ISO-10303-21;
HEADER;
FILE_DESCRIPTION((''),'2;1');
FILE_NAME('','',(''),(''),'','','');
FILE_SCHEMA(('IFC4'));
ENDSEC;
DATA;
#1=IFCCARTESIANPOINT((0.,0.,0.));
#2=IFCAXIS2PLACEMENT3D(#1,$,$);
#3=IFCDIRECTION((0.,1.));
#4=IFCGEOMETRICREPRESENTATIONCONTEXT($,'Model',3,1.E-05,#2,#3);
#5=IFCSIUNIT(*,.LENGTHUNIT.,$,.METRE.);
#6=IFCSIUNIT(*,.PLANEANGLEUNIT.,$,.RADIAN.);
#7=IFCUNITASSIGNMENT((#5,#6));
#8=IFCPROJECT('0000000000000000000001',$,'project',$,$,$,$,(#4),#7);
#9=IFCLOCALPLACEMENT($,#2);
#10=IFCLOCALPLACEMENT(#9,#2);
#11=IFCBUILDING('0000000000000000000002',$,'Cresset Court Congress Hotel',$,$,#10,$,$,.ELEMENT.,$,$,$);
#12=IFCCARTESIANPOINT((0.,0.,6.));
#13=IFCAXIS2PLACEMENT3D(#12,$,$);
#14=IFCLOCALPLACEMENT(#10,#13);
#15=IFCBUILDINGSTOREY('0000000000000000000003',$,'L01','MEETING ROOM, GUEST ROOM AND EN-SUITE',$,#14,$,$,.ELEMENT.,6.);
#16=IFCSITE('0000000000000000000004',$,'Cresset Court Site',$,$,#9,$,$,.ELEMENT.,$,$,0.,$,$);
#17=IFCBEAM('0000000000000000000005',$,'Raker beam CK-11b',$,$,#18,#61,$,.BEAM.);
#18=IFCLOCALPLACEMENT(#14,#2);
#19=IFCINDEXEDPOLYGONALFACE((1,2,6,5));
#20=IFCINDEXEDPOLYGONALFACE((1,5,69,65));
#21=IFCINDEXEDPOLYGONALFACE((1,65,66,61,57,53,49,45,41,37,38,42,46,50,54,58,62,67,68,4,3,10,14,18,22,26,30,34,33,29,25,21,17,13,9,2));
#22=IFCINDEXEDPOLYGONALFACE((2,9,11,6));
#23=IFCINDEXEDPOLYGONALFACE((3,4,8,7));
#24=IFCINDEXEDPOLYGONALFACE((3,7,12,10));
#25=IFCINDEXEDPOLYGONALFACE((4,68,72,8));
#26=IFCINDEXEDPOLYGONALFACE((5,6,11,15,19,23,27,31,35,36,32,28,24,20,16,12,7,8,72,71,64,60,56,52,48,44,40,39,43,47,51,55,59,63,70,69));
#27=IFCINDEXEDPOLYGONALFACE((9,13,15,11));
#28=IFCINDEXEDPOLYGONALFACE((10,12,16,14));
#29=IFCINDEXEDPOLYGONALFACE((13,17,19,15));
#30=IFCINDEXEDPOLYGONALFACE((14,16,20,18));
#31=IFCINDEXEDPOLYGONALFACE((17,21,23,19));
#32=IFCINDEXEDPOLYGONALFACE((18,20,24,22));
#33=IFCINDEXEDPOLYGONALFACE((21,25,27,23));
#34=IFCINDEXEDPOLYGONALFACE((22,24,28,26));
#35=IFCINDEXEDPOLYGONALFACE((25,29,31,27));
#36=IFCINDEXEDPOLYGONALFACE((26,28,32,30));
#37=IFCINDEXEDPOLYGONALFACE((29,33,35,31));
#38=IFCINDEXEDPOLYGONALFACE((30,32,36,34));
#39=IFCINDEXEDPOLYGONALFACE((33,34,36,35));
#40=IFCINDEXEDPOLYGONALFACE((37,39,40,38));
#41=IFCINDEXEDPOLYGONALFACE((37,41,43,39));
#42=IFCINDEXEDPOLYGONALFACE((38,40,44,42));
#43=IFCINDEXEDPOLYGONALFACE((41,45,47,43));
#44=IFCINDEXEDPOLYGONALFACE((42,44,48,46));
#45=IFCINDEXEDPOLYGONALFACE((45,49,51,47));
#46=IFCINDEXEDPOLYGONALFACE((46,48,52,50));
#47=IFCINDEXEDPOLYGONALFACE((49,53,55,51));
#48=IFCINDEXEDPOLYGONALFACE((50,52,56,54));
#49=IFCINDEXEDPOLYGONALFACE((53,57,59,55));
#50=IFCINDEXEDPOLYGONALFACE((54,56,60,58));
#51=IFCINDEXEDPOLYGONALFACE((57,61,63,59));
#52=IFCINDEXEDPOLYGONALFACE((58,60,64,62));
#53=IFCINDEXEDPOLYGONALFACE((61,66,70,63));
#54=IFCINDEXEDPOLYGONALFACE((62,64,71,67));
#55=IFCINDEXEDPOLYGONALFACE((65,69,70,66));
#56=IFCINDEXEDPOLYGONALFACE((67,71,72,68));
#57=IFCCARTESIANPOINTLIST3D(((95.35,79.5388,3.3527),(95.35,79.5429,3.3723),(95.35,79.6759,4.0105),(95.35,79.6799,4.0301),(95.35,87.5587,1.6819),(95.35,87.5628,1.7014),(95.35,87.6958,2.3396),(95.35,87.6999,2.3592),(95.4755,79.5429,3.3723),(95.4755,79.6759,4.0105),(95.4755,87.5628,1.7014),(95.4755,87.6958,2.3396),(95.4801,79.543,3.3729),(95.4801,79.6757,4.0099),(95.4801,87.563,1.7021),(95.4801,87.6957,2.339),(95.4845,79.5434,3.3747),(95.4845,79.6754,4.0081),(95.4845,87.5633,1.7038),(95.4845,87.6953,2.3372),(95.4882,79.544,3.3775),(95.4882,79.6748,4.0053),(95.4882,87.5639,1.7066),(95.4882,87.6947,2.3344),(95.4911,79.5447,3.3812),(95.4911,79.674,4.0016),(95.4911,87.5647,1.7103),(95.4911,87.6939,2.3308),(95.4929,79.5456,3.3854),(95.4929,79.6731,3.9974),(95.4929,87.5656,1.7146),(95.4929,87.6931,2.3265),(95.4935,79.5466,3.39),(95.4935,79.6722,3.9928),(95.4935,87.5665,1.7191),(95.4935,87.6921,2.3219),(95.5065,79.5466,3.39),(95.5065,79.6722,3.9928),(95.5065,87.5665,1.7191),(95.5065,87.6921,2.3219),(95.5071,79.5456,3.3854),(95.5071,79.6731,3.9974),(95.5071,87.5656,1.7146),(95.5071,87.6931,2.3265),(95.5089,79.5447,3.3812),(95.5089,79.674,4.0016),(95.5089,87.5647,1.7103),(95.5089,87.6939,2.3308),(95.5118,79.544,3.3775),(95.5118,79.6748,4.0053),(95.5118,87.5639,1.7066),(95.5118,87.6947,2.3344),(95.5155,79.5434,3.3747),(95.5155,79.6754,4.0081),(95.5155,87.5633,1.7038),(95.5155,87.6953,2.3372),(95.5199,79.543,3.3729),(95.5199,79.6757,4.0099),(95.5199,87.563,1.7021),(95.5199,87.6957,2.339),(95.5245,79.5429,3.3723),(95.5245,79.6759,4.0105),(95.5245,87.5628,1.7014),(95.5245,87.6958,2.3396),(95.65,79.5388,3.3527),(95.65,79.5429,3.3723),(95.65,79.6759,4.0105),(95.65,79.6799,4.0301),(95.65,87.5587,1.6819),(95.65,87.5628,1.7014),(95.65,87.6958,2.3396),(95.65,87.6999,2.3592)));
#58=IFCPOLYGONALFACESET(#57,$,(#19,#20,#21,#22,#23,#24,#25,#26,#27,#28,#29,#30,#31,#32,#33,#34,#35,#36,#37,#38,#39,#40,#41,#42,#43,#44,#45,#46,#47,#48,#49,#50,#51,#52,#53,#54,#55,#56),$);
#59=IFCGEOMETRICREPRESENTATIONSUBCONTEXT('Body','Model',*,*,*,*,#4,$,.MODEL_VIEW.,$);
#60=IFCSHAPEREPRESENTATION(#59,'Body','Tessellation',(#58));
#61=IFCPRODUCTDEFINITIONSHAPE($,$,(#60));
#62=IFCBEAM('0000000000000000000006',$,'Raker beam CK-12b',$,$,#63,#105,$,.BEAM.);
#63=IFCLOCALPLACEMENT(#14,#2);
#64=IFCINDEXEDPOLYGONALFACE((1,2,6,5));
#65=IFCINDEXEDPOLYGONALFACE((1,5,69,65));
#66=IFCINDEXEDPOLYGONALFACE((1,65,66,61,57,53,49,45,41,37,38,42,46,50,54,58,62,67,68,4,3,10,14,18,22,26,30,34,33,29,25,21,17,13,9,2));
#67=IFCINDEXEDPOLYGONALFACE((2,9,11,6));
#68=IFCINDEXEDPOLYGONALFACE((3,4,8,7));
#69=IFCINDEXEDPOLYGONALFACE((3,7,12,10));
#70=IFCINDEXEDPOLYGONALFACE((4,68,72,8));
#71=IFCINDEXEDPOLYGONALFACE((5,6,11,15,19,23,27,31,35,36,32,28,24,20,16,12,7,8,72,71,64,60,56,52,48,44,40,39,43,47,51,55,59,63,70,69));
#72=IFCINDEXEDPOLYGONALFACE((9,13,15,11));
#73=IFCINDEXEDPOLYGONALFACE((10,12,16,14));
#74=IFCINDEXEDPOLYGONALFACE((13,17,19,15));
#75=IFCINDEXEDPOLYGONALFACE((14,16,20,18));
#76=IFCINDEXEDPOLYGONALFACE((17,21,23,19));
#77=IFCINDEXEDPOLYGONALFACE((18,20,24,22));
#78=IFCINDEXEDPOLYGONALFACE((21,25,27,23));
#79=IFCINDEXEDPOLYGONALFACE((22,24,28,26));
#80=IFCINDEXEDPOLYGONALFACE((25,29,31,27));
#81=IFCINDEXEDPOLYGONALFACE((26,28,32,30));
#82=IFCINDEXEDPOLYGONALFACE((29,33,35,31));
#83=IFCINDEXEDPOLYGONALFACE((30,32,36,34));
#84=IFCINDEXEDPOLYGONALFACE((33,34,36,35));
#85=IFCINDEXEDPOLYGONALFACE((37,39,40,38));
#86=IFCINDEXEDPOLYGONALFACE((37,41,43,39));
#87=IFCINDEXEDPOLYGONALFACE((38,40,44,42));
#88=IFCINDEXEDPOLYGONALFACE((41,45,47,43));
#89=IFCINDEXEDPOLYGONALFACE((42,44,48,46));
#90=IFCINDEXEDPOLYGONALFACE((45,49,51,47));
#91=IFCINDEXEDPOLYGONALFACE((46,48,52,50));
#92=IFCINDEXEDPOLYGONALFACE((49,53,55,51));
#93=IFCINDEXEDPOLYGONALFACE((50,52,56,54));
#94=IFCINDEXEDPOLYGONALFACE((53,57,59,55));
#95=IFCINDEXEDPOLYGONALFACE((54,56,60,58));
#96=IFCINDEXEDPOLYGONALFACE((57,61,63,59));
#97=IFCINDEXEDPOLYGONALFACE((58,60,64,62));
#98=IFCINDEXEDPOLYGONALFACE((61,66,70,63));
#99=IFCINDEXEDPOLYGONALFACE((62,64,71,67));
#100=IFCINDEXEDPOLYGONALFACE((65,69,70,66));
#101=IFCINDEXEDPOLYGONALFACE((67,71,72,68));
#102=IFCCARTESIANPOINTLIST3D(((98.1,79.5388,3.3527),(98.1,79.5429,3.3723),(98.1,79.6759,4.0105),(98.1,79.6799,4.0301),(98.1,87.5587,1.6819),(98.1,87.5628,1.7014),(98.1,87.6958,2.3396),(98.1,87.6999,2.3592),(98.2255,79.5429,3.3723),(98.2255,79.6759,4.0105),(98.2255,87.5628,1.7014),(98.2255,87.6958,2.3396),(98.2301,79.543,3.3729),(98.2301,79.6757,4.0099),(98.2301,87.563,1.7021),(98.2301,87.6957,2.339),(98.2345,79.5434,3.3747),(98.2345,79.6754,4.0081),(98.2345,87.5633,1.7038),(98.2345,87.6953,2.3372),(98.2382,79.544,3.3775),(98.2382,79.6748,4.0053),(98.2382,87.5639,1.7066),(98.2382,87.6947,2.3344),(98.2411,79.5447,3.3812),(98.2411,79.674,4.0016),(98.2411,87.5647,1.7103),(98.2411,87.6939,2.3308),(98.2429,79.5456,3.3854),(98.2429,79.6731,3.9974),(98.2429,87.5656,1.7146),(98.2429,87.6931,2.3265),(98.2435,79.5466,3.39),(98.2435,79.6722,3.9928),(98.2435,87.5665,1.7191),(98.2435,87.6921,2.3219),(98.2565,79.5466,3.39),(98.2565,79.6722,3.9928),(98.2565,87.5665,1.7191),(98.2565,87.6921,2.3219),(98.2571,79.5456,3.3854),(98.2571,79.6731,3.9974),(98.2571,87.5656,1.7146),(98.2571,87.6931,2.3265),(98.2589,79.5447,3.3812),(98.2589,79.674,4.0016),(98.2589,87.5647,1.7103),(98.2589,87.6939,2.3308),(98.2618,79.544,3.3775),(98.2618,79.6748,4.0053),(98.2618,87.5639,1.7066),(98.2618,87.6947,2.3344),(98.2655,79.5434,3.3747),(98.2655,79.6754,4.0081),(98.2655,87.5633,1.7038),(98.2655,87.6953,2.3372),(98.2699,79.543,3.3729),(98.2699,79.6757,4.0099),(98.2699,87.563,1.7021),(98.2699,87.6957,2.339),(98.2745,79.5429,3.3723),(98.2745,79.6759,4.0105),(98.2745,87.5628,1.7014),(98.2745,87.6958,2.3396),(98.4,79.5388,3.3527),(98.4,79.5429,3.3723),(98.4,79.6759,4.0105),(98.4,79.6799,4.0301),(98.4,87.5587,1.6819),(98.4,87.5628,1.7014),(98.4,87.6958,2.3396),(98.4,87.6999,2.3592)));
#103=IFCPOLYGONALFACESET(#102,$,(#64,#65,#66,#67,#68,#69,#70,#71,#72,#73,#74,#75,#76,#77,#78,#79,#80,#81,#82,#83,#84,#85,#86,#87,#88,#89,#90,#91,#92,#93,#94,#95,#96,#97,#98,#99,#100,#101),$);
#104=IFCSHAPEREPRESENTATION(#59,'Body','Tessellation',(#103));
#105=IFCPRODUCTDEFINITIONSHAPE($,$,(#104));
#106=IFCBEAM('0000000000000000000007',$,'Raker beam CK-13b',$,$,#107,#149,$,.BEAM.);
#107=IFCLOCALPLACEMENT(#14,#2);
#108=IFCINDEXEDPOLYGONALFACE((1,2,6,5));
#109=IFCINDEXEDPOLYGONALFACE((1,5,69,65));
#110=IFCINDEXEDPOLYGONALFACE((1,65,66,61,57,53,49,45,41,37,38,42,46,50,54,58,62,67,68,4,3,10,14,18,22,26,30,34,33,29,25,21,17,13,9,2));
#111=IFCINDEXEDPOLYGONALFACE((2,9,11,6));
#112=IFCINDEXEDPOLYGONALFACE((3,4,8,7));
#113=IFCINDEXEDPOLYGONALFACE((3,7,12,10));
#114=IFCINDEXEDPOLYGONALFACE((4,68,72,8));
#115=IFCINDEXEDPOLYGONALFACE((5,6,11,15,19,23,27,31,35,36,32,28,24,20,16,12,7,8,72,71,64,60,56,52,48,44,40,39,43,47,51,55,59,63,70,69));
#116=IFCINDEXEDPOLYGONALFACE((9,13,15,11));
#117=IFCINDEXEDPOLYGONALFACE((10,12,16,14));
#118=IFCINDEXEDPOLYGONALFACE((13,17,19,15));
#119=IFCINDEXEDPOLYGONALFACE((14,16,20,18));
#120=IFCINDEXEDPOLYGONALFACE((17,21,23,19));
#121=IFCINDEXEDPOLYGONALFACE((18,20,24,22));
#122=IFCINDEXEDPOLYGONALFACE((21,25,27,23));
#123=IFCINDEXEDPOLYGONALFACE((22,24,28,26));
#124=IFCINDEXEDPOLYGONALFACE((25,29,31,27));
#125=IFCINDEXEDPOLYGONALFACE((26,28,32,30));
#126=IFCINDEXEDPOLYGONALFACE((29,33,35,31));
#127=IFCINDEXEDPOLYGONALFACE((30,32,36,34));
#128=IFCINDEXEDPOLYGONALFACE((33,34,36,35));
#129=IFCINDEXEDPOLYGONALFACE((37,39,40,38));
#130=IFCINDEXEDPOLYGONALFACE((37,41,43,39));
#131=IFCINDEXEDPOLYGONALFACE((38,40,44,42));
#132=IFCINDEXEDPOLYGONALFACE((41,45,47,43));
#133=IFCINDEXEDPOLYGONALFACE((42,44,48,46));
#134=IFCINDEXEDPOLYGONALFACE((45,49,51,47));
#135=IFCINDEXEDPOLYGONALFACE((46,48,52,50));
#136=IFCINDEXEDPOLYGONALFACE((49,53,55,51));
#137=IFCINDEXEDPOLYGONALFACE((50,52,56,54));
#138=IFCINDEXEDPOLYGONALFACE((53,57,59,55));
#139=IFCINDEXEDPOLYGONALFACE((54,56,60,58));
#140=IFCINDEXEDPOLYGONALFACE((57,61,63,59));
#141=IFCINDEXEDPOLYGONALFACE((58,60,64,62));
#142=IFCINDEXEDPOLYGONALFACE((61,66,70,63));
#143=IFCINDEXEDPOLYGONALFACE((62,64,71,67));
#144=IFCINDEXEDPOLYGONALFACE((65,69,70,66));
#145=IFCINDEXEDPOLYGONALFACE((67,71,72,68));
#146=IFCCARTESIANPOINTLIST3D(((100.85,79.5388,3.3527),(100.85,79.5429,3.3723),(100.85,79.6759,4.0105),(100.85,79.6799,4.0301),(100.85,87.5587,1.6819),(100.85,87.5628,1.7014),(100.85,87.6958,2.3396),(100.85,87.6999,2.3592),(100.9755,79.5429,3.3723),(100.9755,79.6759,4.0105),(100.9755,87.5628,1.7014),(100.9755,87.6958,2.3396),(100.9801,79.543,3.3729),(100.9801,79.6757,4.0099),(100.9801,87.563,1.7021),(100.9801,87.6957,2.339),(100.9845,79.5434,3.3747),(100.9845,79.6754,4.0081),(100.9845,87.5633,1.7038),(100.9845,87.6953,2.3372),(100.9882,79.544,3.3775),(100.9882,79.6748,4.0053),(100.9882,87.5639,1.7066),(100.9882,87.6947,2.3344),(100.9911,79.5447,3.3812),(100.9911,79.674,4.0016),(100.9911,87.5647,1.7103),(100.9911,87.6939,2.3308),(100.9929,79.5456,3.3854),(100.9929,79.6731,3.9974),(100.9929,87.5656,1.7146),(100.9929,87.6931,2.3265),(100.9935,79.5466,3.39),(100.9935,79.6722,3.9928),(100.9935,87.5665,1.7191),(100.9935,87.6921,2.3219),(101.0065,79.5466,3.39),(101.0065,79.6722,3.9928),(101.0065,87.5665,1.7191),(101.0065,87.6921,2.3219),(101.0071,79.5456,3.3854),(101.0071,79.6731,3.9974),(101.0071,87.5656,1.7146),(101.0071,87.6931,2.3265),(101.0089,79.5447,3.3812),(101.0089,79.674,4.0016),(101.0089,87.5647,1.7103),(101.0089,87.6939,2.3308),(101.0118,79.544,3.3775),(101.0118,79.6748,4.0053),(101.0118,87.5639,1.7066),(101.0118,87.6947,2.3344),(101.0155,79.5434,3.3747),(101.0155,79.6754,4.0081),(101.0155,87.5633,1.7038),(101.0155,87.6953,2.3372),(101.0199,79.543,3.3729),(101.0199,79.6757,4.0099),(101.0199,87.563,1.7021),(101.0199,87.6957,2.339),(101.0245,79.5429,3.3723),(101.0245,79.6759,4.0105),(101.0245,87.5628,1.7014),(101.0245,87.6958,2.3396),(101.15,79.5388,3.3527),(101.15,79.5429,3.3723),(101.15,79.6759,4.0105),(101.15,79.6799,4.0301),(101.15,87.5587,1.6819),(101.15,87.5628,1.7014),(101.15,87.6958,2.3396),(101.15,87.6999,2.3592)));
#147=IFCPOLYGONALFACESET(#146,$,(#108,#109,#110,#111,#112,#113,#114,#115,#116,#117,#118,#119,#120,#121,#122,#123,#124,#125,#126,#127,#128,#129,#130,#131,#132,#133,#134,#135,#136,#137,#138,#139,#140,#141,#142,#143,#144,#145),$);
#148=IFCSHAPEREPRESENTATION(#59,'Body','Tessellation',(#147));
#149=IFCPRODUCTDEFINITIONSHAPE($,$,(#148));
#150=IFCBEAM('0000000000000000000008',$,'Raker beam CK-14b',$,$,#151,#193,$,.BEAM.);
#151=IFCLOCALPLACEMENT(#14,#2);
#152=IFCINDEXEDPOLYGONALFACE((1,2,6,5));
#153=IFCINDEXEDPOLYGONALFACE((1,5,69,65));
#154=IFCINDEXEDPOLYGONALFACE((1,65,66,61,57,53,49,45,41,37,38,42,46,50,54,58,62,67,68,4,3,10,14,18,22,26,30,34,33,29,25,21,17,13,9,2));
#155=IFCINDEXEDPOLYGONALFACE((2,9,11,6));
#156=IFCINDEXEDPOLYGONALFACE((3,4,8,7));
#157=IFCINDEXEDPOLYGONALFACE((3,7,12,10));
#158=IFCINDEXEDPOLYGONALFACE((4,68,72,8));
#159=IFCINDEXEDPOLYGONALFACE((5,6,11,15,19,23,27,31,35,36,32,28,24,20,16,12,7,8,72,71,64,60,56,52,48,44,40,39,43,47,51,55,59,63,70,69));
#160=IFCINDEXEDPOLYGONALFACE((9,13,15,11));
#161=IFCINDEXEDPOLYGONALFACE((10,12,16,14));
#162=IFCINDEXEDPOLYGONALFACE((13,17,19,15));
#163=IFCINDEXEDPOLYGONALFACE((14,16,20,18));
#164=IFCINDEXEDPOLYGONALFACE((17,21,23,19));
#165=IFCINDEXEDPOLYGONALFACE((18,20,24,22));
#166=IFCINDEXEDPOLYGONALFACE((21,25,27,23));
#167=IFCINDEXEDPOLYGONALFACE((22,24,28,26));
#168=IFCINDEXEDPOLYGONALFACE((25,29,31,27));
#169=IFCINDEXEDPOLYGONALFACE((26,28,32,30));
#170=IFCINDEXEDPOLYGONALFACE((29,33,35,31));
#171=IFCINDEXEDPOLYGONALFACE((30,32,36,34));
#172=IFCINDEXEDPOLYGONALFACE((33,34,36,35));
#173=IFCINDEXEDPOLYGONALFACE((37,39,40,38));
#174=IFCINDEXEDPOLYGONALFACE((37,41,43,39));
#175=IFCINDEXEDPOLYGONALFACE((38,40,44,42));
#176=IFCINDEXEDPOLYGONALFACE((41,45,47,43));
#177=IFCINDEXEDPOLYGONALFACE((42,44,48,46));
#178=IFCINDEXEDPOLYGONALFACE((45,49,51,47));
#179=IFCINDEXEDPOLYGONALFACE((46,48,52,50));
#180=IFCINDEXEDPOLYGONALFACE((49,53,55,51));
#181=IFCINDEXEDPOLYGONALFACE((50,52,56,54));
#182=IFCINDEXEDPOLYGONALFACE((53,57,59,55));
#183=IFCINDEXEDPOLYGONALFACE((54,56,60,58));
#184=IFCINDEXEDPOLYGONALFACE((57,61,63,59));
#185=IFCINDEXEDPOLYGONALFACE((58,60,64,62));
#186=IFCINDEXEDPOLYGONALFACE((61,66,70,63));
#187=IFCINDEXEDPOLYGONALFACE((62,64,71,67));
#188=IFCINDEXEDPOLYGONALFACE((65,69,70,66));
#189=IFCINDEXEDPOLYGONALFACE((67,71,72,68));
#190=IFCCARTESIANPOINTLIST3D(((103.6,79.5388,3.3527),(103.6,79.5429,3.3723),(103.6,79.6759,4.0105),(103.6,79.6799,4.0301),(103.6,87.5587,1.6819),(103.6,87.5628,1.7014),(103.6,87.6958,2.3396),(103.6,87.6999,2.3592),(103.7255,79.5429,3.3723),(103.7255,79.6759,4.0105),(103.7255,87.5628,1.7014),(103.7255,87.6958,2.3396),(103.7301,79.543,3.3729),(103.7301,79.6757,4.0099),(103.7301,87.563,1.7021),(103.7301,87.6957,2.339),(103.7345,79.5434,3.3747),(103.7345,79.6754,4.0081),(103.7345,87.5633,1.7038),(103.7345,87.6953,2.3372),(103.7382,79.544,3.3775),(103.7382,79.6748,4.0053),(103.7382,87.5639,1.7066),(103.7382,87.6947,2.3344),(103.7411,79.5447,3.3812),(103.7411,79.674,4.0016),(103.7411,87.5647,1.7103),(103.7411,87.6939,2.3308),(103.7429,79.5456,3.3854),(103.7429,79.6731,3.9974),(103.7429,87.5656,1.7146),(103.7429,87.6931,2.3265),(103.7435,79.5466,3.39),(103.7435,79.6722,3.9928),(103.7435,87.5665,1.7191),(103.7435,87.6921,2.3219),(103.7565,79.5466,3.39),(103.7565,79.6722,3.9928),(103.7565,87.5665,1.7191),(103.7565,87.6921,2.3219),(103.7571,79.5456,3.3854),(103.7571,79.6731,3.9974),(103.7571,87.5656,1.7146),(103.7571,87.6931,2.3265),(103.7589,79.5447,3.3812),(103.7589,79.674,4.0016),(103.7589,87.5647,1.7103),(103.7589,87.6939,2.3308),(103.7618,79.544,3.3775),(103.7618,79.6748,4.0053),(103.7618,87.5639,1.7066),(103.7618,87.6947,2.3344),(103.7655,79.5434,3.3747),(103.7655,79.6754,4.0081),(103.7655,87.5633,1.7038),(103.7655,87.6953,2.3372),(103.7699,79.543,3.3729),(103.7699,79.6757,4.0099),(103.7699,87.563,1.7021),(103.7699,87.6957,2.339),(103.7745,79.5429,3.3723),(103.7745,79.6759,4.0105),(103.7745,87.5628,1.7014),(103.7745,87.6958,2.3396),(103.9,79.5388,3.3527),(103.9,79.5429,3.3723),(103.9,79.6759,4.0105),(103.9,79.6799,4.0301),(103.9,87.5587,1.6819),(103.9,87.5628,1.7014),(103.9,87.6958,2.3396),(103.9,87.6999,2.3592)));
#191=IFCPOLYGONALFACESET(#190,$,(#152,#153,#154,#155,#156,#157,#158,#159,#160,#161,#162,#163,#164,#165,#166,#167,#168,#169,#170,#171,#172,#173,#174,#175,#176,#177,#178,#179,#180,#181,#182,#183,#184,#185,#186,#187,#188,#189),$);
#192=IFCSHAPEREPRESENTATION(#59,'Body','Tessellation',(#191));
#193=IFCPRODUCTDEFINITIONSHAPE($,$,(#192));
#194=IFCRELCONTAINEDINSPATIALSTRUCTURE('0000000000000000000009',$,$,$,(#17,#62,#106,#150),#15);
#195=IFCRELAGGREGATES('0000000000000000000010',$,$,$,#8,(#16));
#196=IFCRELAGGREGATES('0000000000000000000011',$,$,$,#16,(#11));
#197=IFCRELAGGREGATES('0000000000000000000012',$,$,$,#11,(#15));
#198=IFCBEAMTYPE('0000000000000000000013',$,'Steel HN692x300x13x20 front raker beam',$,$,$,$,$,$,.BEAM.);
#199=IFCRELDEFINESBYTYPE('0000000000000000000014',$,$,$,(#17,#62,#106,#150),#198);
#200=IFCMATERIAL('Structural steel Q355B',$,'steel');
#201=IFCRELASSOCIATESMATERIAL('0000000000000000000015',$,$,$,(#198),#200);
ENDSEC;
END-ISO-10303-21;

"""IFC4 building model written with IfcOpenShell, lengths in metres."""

from ifc_helpers import new_model, si_unit, direction, frame, origin, origin_2d, place, context, subcontext, project, spatial, i_section, extrude, material, material_profile, profile_set, type_object, element, save


model = new_model("IFC4")

# Units and contexts
model_context = context("Model", 3, precision=1e-05, world=origin(), true_north=direction((0.0, 1.0)))
body_context = subcontext(model_context, "Body", "Model", "MODEL_VIEW")
ifc_project = project(units=[si_unit("LENGTHUNIT", "METRE"), si_unit("PLANEANGLEUNIT", "RADIAN")], contexts=[model_context])

# Site, building, storey
site_placement = place(None, origin())
site = spatial("IfcSite", under=ifc_project, at=site_placement, Name="Cresset Court Site", CompositionType="ELEMENT", RefElevation=0.0)
building_placement = place(site_placement, origin())
building = spatial("IfcBuilding", under=site, at=building_placement, Name="Cresset Court Congress Hotel", CompositionType="ELEMENT")
storey_placement = place(building_placement, frame((0.0, 0.0, 6.0)))
storey = spatial("IfcBuildingStorey", under=building, at=storey_placement, Name="L01", Description="MEETING ROOM, GUEST ROOM AND EN-SUITE", CompositionType="ELEMENT", Elevation=6.0)

# Beams
ifc_material_1 = material(Name="Structural steel Q355B", Category="steel")
ifc_material_profile_1 = material_profile(ifc_material_1, i_section(OverallWidth=0.3, OverallDepth=0.6919, WebThickness=0.0129, FlangeThickness=0.02, FilletRadius=0.0181, at=origin_2d()), Name="HN692x300x13x20")
ifc_profile_set_1 = profile_set([ifc_material_profile_1], Name="Structural steel Q355B")
beam_type_1 = type_object("IfcBeamType", Name="Steel HN692x300x13x20 front raker beam", PredefinedType="BEAM", material=ifc_profile_set_1)
for number, where, z_axis, x_axis, name in (
    (1, (95.5, 79.6094, 3.6914), (0.0, 0.978979, -0.203961), (-1.0, 0.0, 0.0), "Raker beam CK-11b"),
    (2, (98.25, 79.6094, 3.6914), (0.0, 0.978979, -0.203961), (-1.0, 0.0, 0.0), "Raker beam CK-12b"),
    (3, (101.0, 79.6094, 3.6914), (0.0, 0.978979, -0.203961), (-1.0, 0.0, 0.0), "Raker beam CK-13b"),
    (4, (103.75, 79.6094, 3.6914), (0.0, 0.978979, -0.203961), (-1.0, 0.0, 0.0), "Raker beam CK-14b"),
):
    element("IfcBeam", number, at=place(storey_placement, frame(where, z_axis=z_axis, x_axis=x_axis)), inside=storey, type_object=beam_type_1, Name=name, PredefinedType="BEAM", context=body_context, shape_type="SweptSolid", body=[
        extrude(i_section(OverallWidth=0.3, OverallDepth=0.6919, WebThickness=0.0129, FlangeThickness=0.02, FilletRadius=0.0181, at=origin_2d()), origin(), (0.0, 0.0, 1.0), 8.1921),
    ])

save(model, "model.ifc")
